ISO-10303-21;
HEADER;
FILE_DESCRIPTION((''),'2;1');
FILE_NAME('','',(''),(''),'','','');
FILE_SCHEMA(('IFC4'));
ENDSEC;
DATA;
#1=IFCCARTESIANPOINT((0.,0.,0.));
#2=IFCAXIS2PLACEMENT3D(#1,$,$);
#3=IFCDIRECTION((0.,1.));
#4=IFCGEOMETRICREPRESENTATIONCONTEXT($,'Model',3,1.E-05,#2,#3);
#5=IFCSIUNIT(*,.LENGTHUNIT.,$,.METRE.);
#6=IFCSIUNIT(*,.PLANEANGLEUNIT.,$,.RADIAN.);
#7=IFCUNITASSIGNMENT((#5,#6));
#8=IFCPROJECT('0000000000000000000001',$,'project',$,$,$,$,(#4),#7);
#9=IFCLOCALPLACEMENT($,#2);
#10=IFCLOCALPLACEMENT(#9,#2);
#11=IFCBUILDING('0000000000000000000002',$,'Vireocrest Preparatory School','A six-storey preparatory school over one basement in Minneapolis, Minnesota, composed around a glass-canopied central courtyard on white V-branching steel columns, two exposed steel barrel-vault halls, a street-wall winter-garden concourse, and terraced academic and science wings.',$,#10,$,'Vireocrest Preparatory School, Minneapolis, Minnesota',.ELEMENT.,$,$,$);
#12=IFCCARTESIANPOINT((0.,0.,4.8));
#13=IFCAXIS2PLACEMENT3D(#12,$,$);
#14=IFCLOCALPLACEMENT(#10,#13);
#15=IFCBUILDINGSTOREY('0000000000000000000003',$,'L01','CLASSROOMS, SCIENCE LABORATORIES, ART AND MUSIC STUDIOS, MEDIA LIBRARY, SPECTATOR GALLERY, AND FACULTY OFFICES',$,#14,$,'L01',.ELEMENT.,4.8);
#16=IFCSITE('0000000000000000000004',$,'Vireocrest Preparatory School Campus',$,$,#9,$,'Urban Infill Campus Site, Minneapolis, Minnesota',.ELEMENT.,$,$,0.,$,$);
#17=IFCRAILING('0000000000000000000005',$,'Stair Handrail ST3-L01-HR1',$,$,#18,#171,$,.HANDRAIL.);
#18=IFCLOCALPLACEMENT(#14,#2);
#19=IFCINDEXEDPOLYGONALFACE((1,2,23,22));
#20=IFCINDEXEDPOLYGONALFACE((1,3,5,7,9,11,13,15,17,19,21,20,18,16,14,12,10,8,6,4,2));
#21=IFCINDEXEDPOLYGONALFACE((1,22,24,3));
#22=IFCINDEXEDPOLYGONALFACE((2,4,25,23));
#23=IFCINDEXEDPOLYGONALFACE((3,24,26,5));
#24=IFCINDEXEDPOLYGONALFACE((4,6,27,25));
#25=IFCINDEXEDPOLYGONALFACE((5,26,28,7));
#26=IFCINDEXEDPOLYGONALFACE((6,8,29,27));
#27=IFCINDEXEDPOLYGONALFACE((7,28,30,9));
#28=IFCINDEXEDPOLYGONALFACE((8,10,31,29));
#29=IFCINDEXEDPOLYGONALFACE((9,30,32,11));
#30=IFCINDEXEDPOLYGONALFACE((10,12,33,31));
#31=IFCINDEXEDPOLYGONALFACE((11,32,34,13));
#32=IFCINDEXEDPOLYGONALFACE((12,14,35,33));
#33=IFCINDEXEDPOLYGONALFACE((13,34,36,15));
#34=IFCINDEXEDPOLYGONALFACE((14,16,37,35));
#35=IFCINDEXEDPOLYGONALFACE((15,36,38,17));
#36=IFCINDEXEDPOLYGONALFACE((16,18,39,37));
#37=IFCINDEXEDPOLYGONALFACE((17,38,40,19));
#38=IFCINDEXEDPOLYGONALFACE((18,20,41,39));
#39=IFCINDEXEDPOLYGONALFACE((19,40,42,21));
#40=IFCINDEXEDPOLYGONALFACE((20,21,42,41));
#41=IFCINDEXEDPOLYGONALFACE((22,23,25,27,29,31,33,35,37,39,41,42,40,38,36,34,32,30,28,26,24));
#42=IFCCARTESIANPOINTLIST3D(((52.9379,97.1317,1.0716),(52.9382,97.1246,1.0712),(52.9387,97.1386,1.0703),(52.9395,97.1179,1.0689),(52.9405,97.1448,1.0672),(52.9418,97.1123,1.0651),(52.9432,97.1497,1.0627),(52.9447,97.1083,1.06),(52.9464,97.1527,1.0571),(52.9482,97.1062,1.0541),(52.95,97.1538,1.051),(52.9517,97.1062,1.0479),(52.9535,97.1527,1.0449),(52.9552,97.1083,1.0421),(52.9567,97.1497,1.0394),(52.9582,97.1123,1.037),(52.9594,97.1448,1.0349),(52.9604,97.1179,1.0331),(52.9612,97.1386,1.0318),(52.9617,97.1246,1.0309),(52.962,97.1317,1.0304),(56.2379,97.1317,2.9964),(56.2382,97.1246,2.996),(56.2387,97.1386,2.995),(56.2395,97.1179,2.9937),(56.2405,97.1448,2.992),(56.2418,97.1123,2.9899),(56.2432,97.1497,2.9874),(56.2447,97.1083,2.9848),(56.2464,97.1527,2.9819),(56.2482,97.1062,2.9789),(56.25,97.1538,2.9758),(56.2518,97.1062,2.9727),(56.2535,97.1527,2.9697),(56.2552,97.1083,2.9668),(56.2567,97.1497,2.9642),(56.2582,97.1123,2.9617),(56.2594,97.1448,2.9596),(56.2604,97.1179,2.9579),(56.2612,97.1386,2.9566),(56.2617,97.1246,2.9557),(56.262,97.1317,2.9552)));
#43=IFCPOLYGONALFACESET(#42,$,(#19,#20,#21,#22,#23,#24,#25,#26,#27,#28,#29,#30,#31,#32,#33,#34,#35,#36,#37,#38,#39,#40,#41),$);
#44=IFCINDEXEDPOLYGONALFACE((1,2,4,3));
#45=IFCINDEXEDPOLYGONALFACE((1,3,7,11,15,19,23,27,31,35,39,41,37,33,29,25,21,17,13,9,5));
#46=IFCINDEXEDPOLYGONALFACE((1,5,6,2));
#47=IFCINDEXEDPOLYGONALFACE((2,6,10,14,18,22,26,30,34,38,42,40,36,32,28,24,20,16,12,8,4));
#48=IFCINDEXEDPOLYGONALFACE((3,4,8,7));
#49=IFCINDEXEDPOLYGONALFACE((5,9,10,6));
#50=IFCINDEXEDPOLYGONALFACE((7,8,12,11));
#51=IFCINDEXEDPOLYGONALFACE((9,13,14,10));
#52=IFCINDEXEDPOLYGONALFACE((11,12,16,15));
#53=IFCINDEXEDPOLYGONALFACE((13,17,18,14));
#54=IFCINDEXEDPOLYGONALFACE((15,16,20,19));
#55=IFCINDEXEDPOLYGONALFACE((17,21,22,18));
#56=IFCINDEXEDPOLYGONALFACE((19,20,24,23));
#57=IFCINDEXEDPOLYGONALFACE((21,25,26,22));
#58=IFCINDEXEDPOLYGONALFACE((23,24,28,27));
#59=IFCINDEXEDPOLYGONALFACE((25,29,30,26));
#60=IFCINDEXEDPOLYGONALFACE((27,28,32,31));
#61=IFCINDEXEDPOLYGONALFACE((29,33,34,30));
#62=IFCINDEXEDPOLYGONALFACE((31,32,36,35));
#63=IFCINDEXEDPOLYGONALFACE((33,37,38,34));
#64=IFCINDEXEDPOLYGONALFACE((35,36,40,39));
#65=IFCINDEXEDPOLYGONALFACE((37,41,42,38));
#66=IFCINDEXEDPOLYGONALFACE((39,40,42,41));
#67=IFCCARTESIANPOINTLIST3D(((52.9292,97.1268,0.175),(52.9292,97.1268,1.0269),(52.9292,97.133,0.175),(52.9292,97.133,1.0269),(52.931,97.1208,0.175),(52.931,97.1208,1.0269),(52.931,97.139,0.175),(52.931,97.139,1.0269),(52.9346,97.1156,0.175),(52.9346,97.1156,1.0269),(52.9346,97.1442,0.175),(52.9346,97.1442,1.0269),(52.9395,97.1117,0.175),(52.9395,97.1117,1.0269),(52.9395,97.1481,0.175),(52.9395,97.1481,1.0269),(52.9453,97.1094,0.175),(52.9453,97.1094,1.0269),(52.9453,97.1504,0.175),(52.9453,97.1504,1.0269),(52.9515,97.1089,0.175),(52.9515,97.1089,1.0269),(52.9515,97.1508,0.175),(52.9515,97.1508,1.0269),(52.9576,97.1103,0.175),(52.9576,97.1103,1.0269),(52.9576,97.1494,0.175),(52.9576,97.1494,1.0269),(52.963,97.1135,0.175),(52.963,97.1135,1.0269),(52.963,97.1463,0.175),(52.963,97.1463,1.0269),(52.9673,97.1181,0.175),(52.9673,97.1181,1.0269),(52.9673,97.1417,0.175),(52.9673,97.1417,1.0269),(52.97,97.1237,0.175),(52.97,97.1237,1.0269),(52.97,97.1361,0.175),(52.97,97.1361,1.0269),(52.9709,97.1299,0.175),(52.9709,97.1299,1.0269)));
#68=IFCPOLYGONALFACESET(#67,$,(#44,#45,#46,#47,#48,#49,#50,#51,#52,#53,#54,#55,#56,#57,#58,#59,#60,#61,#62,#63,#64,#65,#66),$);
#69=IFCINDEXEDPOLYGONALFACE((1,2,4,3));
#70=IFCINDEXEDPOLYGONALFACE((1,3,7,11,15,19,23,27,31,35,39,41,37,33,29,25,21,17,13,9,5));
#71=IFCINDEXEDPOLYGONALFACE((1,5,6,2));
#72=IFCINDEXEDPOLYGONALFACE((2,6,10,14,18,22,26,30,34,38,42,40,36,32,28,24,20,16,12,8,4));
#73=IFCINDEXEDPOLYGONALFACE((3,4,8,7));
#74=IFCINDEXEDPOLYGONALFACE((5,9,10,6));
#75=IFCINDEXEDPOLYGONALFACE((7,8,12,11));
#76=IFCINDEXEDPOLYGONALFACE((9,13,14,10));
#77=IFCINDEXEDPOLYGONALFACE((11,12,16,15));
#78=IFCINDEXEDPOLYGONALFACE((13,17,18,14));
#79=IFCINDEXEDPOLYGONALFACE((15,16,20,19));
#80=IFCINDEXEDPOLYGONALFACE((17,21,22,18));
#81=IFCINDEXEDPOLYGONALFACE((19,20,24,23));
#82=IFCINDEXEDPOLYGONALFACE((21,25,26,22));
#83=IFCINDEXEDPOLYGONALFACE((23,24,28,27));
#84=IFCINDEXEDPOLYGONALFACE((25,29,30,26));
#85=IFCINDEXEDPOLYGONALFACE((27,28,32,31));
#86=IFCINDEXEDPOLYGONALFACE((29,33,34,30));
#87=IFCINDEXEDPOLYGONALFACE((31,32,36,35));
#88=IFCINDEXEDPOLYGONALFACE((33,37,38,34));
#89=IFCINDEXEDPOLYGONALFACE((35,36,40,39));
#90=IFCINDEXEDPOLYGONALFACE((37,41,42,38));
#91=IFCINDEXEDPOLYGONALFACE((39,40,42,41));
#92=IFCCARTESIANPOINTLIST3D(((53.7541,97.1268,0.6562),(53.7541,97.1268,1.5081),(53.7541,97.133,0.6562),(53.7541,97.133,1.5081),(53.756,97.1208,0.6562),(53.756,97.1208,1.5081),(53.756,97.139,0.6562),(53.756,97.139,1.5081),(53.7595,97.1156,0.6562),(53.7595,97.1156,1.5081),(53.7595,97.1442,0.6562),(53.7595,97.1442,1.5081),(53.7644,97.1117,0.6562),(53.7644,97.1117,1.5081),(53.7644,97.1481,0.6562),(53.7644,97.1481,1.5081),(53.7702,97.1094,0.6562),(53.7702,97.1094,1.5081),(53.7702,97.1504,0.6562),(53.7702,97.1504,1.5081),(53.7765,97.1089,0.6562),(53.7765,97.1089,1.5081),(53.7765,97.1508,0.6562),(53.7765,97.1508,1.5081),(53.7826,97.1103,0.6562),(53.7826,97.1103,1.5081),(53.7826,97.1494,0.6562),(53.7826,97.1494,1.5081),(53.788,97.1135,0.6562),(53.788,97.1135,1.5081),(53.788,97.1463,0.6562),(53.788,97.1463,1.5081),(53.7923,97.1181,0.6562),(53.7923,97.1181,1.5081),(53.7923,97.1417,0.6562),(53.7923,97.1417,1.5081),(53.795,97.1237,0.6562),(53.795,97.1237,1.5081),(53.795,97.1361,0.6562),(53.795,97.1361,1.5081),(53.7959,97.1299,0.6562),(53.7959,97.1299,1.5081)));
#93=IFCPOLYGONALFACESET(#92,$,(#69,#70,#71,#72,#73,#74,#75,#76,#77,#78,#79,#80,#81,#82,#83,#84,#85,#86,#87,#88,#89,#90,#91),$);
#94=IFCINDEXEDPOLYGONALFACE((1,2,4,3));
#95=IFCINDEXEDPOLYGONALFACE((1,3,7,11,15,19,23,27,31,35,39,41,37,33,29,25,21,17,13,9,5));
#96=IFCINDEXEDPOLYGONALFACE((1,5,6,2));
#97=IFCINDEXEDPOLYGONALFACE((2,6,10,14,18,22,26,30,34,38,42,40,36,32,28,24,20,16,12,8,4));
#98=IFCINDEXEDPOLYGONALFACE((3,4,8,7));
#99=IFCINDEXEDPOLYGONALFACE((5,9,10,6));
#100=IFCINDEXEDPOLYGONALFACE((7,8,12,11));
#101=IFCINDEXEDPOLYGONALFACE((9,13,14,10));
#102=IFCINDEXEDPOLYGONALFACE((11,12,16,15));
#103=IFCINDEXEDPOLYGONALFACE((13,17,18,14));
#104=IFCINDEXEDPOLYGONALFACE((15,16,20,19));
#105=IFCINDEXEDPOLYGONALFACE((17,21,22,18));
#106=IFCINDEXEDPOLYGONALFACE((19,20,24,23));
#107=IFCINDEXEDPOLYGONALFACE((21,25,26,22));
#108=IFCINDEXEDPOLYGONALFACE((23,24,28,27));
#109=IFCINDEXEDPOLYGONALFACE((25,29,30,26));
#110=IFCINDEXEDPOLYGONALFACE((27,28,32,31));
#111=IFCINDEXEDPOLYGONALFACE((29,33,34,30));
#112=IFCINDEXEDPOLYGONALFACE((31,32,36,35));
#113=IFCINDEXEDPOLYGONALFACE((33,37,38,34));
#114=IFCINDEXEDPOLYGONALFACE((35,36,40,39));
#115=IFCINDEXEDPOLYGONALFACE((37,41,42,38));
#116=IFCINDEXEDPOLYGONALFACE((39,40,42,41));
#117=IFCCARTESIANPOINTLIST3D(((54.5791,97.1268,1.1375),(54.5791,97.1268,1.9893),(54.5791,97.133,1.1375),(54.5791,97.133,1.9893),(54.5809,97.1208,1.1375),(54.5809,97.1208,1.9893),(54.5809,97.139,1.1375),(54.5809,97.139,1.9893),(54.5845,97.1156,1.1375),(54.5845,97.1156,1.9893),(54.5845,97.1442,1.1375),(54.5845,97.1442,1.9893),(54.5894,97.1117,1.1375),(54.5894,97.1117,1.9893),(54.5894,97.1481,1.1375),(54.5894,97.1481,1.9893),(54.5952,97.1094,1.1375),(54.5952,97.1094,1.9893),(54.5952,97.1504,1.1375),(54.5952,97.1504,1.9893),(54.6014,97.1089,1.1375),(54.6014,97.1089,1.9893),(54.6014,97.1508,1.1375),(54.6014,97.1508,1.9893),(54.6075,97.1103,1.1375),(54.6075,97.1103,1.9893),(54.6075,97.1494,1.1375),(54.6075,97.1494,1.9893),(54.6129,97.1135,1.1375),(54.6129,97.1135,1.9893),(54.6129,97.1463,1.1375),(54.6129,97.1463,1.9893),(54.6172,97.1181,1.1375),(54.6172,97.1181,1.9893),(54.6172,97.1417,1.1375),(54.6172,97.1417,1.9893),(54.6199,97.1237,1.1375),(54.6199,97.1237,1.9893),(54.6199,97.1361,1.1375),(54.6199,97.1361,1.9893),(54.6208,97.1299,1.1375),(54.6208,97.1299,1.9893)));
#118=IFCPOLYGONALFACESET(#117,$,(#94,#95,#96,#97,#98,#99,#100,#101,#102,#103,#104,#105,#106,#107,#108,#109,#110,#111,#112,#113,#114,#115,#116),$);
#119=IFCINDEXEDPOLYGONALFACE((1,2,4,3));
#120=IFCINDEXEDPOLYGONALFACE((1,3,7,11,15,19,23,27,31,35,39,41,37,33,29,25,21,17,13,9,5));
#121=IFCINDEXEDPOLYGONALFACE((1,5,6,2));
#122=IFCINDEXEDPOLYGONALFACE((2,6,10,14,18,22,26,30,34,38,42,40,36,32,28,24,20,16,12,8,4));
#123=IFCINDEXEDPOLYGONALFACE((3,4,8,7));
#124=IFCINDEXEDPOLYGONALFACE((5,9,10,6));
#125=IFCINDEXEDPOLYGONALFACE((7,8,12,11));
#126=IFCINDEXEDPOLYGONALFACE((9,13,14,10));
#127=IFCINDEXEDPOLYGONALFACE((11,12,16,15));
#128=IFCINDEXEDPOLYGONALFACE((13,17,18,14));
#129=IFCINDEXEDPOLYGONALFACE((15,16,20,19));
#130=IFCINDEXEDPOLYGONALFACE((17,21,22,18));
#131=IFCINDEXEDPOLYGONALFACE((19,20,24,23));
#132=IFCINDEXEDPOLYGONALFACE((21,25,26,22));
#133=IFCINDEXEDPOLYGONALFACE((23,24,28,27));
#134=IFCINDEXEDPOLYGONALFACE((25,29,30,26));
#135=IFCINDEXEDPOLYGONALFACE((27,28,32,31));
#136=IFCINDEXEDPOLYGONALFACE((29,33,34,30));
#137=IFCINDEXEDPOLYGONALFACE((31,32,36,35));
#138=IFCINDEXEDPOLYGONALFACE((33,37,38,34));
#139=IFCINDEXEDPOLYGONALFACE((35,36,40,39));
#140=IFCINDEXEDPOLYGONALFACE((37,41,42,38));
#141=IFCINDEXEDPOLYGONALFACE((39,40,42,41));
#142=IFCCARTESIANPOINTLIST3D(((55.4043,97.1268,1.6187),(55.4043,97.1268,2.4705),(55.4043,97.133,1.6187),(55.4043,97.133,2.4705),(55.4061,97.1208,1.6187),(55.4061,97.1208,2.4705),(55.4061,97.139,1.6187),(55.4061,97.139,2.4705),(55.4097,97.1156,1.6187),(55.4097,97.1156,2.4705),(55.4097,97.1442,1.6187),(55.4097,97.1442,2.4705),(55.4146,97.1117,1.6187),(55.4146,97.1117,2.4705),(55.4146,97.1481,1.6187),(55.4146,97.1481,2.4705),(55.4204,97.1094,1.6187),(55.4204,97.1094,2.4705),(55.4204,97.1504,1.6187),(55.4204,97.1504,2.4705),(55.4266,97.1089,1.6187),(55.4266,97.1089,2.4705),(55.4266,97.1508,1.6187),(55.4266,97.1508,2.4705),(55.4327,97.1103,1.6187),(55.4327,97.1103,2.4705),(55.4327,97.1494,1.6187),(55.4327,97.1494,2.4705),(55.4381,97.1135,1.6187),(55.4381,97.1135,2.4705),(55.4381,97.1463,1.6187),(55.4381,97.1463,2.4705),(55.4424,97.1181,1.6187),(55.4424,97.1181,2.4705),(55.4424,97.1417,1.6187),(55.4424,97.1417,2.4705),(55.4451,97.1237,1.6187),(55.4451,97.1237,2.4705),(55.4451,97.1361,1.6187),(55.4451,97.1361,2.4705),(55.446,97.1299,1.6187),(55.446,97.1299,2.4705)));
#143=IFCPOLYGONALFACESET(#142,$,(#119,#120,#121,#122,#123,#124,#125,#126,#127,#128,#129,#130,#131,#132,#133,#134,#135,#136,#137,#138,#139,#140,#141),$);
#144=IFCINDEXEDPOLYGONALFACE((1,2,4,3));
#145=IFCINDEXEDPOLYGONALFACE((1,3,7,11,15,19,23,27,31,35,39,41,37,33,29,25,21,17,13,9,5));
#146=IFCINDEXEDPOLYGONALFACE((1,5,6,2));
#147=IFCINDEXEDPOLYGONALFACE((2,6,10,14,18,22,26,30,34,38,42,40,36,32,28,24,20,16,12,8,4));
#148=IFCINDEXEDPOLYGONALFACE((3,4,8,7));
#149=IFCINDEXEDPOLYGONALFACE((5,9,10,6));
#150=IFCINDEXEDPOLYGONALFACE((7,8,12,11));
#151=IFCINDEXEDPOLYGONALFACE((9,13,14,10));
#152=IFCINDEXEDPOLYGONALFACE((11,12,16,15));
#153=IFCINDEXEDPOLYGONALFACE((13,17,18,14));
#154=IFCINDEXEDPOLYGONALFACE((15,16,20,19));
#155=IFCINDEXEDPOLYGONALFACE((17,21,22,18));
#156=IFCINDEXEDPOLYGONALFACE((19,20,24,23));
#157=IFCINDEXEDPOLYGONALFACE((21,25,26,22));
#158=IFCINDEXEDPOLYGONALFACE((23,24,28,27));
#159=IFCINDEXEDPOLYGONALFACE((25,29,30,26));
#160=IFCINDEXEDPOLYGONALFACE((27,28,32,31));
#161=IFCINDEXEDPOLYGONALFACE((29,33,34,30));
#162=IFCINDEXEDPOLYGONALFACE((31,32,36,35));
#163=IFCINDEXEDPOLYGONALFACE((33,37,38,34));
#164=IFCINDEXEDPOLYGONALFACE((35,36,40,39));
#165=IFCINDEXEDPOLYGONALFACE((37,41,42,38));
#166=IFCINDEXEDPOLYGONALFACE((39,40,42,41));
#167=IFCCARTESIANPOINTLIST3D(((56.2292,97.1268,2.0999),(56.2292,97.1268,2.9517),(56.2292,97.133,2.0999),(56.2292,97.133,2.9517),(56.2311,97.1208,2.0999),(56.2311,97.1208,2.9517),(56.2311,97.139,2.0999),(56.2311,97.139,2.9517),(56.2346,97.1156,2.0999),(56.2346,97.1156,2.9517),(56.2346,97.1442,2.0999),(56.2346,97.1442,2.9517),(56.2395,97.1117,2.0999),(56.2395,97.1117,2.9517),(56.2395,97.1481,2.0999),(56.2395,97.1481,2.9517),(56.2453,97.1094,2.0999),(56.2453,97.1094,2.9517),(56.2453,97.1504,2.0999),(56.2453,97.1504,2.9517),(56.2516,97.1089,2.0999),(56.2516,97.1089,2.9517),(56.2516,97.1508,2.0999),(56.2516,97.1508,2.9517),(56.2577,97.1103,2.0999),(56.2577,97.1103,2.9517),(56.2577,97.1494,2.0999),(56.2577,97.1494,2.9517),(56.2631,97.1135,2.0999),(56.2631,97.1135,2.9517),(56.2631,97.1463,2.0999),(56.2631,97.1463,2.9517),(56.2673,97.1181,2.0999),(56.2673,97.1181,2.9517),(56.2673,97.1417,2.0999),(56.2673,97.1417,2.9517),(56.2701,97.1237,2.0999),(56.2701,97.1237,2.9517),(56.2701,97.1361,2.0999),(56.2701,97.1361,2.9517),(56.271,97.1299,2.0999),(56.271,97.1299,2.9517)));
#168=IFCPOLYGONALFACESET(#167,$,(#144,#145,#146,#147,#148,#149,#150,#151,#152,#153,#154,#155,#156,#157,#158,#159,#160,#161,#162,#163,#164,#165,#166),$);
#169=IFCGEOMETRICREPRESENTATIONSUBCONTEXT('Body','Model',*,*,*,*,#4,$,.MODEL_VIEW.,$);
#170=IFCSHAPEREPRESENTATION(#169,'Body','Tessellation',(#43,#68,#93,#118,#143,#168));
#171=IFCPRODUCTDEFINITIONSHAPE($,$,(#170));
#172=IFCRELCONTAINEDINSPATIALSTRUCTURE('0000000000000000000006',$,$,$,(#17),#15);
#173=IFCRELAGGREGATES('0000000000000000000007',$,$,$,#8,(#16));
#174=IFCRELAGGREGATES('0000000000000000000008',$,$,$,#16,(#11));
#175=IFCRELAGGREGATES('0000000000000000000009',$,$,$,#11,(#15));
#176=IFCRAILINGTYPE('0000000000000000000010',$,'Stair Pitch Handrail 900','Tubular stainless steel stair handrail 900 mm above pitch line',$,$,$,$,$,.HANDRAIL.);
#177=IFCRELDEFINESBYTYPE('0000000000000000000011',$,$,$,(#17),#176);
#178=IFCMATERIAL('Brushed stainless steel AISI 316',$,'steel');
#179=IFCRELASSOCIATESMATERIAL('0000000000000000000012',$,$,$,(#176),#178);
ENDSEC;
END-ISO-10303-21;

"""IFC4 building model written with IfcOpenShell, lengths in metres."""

from ifc_helpers import new_model, si_unit, direction, frame, origin, origin_2d, place, context, subcontext, project, spatial, circle, extrude, material, type_object, element, save


model = new_model("IFC4")

# Units and contexts
model_context = context("Model", 3, precision=1e-05, world=origin(), true_north=direction((0.0, 1.0)))
body_context = subcontext(model_context, "Body", "Model", "MODEL_VIEW")
ifc_project = project(units=[si_unit("LENGTHUNIT", "METRE"), si_unit("PLANEANGLEUNIT", "RADIAN")], contexts=[model_context])

# Site, building, storey
site_placement = place(None, origin())
site = spatial("IfcSite", under=ifc_project, at=site_placement, Name="Vireocrest Preparatory School Campus", LongName="Urban Infill Campus Site, Minneapolis, Minnesota", CompositionType="ELEMENT", RefElevation=0.0)
building_placement = place(site_placement, origin())
building = spatial("IfcBuilding", under=site, at=building_placement, Name="Vireocrest Preparatory School", Description="A six-storey preparatory school over one basement in Minneapolis, Minnesota, composed around a glass-canopied central courtyard on white V-branching steel columns, two exposed steel barrel-vault halls, a street-wall winter-garden concourse, and terraced academic and science wings.", LongName="Vireocrest Preparatory School, Minneapolis, Minnesota", CompositionType="ELEMENT")
storey_placement = place(building_placement, frame((0.0, 0.0, 4.8)))
storey = spatial("IfcBuildingStorey", under=building, at=storey_placement, Name="L01", Description="CLASSROOMS, SCIENCE LABORATORIES, ART AND MUSIC STUDIOS, MEDIA LIBRARY, SPECTATOR GALLERY, AND FACULTY OFFICES", LongName="L01", CompositionType="ELEMENT", Elevation=4.8)

# Railing
ifc_material_1 = material(Name="Brushed stainless steel AISI 316", Category="steel")
railing_type_1 = type_object("IfcRailingType", Name="Stair Pitch Handrail 900", Description="Tubular stainless steel stair handrail 900 mm above pitch line", PredefinedType="HANDRAIL", material=ifc_material_1)
railing_1_placement = place(storey_placement, frame((52.95, 97.1299, 0.175)))
element("IfcRailing", 1, at=railing_1_placement, inside=storey, type_object=railing_type_1, Name="Stair Handrail ST3-L01-HR1", PredefinedType="HANDRAIL", context=body_context, shape_type="SweptSolid", body=[
    extrude(circle(Radius=0.0239, at=origin_2d()), frame((0.0, 0.0, 0.876), z_axis=(0.863804, 0.0, 0.503827), x_axis=(0.0, 1.0, 0.0)), (0.0, 0.0, 1.0), 3.8203),
    extrude(circle(Radius=0.021, at=origin_2d()), origin(), (0.0, 0.0, 1.0), 0.8518),
    extrude(circle(Radius=0.021, at=origin_2d()), frame((0.825, 0.0, 0.4812)), (0.0, 0.0, 1.0), 0.8518),
    extrude(circle(Radius=0.021, at=origin_2d()), frame((1.6499, 0.0, 0.9624)), (0.0, 0.0, 1.0), 0.8518),
    extrude(circle(Radius=0.021, at=origin_2d()), frame((2.4751, 0.0, 1.4436)), (0.0, 0.0, 1.0), 0.8518),
    extrude(circle(Radius=0.021, at=origin_2d()), frame((3.3, 0.0, 1.9248)), (0.0, 0.0, 1.0), 0.8518),
])

save(model, "model.ifc")
